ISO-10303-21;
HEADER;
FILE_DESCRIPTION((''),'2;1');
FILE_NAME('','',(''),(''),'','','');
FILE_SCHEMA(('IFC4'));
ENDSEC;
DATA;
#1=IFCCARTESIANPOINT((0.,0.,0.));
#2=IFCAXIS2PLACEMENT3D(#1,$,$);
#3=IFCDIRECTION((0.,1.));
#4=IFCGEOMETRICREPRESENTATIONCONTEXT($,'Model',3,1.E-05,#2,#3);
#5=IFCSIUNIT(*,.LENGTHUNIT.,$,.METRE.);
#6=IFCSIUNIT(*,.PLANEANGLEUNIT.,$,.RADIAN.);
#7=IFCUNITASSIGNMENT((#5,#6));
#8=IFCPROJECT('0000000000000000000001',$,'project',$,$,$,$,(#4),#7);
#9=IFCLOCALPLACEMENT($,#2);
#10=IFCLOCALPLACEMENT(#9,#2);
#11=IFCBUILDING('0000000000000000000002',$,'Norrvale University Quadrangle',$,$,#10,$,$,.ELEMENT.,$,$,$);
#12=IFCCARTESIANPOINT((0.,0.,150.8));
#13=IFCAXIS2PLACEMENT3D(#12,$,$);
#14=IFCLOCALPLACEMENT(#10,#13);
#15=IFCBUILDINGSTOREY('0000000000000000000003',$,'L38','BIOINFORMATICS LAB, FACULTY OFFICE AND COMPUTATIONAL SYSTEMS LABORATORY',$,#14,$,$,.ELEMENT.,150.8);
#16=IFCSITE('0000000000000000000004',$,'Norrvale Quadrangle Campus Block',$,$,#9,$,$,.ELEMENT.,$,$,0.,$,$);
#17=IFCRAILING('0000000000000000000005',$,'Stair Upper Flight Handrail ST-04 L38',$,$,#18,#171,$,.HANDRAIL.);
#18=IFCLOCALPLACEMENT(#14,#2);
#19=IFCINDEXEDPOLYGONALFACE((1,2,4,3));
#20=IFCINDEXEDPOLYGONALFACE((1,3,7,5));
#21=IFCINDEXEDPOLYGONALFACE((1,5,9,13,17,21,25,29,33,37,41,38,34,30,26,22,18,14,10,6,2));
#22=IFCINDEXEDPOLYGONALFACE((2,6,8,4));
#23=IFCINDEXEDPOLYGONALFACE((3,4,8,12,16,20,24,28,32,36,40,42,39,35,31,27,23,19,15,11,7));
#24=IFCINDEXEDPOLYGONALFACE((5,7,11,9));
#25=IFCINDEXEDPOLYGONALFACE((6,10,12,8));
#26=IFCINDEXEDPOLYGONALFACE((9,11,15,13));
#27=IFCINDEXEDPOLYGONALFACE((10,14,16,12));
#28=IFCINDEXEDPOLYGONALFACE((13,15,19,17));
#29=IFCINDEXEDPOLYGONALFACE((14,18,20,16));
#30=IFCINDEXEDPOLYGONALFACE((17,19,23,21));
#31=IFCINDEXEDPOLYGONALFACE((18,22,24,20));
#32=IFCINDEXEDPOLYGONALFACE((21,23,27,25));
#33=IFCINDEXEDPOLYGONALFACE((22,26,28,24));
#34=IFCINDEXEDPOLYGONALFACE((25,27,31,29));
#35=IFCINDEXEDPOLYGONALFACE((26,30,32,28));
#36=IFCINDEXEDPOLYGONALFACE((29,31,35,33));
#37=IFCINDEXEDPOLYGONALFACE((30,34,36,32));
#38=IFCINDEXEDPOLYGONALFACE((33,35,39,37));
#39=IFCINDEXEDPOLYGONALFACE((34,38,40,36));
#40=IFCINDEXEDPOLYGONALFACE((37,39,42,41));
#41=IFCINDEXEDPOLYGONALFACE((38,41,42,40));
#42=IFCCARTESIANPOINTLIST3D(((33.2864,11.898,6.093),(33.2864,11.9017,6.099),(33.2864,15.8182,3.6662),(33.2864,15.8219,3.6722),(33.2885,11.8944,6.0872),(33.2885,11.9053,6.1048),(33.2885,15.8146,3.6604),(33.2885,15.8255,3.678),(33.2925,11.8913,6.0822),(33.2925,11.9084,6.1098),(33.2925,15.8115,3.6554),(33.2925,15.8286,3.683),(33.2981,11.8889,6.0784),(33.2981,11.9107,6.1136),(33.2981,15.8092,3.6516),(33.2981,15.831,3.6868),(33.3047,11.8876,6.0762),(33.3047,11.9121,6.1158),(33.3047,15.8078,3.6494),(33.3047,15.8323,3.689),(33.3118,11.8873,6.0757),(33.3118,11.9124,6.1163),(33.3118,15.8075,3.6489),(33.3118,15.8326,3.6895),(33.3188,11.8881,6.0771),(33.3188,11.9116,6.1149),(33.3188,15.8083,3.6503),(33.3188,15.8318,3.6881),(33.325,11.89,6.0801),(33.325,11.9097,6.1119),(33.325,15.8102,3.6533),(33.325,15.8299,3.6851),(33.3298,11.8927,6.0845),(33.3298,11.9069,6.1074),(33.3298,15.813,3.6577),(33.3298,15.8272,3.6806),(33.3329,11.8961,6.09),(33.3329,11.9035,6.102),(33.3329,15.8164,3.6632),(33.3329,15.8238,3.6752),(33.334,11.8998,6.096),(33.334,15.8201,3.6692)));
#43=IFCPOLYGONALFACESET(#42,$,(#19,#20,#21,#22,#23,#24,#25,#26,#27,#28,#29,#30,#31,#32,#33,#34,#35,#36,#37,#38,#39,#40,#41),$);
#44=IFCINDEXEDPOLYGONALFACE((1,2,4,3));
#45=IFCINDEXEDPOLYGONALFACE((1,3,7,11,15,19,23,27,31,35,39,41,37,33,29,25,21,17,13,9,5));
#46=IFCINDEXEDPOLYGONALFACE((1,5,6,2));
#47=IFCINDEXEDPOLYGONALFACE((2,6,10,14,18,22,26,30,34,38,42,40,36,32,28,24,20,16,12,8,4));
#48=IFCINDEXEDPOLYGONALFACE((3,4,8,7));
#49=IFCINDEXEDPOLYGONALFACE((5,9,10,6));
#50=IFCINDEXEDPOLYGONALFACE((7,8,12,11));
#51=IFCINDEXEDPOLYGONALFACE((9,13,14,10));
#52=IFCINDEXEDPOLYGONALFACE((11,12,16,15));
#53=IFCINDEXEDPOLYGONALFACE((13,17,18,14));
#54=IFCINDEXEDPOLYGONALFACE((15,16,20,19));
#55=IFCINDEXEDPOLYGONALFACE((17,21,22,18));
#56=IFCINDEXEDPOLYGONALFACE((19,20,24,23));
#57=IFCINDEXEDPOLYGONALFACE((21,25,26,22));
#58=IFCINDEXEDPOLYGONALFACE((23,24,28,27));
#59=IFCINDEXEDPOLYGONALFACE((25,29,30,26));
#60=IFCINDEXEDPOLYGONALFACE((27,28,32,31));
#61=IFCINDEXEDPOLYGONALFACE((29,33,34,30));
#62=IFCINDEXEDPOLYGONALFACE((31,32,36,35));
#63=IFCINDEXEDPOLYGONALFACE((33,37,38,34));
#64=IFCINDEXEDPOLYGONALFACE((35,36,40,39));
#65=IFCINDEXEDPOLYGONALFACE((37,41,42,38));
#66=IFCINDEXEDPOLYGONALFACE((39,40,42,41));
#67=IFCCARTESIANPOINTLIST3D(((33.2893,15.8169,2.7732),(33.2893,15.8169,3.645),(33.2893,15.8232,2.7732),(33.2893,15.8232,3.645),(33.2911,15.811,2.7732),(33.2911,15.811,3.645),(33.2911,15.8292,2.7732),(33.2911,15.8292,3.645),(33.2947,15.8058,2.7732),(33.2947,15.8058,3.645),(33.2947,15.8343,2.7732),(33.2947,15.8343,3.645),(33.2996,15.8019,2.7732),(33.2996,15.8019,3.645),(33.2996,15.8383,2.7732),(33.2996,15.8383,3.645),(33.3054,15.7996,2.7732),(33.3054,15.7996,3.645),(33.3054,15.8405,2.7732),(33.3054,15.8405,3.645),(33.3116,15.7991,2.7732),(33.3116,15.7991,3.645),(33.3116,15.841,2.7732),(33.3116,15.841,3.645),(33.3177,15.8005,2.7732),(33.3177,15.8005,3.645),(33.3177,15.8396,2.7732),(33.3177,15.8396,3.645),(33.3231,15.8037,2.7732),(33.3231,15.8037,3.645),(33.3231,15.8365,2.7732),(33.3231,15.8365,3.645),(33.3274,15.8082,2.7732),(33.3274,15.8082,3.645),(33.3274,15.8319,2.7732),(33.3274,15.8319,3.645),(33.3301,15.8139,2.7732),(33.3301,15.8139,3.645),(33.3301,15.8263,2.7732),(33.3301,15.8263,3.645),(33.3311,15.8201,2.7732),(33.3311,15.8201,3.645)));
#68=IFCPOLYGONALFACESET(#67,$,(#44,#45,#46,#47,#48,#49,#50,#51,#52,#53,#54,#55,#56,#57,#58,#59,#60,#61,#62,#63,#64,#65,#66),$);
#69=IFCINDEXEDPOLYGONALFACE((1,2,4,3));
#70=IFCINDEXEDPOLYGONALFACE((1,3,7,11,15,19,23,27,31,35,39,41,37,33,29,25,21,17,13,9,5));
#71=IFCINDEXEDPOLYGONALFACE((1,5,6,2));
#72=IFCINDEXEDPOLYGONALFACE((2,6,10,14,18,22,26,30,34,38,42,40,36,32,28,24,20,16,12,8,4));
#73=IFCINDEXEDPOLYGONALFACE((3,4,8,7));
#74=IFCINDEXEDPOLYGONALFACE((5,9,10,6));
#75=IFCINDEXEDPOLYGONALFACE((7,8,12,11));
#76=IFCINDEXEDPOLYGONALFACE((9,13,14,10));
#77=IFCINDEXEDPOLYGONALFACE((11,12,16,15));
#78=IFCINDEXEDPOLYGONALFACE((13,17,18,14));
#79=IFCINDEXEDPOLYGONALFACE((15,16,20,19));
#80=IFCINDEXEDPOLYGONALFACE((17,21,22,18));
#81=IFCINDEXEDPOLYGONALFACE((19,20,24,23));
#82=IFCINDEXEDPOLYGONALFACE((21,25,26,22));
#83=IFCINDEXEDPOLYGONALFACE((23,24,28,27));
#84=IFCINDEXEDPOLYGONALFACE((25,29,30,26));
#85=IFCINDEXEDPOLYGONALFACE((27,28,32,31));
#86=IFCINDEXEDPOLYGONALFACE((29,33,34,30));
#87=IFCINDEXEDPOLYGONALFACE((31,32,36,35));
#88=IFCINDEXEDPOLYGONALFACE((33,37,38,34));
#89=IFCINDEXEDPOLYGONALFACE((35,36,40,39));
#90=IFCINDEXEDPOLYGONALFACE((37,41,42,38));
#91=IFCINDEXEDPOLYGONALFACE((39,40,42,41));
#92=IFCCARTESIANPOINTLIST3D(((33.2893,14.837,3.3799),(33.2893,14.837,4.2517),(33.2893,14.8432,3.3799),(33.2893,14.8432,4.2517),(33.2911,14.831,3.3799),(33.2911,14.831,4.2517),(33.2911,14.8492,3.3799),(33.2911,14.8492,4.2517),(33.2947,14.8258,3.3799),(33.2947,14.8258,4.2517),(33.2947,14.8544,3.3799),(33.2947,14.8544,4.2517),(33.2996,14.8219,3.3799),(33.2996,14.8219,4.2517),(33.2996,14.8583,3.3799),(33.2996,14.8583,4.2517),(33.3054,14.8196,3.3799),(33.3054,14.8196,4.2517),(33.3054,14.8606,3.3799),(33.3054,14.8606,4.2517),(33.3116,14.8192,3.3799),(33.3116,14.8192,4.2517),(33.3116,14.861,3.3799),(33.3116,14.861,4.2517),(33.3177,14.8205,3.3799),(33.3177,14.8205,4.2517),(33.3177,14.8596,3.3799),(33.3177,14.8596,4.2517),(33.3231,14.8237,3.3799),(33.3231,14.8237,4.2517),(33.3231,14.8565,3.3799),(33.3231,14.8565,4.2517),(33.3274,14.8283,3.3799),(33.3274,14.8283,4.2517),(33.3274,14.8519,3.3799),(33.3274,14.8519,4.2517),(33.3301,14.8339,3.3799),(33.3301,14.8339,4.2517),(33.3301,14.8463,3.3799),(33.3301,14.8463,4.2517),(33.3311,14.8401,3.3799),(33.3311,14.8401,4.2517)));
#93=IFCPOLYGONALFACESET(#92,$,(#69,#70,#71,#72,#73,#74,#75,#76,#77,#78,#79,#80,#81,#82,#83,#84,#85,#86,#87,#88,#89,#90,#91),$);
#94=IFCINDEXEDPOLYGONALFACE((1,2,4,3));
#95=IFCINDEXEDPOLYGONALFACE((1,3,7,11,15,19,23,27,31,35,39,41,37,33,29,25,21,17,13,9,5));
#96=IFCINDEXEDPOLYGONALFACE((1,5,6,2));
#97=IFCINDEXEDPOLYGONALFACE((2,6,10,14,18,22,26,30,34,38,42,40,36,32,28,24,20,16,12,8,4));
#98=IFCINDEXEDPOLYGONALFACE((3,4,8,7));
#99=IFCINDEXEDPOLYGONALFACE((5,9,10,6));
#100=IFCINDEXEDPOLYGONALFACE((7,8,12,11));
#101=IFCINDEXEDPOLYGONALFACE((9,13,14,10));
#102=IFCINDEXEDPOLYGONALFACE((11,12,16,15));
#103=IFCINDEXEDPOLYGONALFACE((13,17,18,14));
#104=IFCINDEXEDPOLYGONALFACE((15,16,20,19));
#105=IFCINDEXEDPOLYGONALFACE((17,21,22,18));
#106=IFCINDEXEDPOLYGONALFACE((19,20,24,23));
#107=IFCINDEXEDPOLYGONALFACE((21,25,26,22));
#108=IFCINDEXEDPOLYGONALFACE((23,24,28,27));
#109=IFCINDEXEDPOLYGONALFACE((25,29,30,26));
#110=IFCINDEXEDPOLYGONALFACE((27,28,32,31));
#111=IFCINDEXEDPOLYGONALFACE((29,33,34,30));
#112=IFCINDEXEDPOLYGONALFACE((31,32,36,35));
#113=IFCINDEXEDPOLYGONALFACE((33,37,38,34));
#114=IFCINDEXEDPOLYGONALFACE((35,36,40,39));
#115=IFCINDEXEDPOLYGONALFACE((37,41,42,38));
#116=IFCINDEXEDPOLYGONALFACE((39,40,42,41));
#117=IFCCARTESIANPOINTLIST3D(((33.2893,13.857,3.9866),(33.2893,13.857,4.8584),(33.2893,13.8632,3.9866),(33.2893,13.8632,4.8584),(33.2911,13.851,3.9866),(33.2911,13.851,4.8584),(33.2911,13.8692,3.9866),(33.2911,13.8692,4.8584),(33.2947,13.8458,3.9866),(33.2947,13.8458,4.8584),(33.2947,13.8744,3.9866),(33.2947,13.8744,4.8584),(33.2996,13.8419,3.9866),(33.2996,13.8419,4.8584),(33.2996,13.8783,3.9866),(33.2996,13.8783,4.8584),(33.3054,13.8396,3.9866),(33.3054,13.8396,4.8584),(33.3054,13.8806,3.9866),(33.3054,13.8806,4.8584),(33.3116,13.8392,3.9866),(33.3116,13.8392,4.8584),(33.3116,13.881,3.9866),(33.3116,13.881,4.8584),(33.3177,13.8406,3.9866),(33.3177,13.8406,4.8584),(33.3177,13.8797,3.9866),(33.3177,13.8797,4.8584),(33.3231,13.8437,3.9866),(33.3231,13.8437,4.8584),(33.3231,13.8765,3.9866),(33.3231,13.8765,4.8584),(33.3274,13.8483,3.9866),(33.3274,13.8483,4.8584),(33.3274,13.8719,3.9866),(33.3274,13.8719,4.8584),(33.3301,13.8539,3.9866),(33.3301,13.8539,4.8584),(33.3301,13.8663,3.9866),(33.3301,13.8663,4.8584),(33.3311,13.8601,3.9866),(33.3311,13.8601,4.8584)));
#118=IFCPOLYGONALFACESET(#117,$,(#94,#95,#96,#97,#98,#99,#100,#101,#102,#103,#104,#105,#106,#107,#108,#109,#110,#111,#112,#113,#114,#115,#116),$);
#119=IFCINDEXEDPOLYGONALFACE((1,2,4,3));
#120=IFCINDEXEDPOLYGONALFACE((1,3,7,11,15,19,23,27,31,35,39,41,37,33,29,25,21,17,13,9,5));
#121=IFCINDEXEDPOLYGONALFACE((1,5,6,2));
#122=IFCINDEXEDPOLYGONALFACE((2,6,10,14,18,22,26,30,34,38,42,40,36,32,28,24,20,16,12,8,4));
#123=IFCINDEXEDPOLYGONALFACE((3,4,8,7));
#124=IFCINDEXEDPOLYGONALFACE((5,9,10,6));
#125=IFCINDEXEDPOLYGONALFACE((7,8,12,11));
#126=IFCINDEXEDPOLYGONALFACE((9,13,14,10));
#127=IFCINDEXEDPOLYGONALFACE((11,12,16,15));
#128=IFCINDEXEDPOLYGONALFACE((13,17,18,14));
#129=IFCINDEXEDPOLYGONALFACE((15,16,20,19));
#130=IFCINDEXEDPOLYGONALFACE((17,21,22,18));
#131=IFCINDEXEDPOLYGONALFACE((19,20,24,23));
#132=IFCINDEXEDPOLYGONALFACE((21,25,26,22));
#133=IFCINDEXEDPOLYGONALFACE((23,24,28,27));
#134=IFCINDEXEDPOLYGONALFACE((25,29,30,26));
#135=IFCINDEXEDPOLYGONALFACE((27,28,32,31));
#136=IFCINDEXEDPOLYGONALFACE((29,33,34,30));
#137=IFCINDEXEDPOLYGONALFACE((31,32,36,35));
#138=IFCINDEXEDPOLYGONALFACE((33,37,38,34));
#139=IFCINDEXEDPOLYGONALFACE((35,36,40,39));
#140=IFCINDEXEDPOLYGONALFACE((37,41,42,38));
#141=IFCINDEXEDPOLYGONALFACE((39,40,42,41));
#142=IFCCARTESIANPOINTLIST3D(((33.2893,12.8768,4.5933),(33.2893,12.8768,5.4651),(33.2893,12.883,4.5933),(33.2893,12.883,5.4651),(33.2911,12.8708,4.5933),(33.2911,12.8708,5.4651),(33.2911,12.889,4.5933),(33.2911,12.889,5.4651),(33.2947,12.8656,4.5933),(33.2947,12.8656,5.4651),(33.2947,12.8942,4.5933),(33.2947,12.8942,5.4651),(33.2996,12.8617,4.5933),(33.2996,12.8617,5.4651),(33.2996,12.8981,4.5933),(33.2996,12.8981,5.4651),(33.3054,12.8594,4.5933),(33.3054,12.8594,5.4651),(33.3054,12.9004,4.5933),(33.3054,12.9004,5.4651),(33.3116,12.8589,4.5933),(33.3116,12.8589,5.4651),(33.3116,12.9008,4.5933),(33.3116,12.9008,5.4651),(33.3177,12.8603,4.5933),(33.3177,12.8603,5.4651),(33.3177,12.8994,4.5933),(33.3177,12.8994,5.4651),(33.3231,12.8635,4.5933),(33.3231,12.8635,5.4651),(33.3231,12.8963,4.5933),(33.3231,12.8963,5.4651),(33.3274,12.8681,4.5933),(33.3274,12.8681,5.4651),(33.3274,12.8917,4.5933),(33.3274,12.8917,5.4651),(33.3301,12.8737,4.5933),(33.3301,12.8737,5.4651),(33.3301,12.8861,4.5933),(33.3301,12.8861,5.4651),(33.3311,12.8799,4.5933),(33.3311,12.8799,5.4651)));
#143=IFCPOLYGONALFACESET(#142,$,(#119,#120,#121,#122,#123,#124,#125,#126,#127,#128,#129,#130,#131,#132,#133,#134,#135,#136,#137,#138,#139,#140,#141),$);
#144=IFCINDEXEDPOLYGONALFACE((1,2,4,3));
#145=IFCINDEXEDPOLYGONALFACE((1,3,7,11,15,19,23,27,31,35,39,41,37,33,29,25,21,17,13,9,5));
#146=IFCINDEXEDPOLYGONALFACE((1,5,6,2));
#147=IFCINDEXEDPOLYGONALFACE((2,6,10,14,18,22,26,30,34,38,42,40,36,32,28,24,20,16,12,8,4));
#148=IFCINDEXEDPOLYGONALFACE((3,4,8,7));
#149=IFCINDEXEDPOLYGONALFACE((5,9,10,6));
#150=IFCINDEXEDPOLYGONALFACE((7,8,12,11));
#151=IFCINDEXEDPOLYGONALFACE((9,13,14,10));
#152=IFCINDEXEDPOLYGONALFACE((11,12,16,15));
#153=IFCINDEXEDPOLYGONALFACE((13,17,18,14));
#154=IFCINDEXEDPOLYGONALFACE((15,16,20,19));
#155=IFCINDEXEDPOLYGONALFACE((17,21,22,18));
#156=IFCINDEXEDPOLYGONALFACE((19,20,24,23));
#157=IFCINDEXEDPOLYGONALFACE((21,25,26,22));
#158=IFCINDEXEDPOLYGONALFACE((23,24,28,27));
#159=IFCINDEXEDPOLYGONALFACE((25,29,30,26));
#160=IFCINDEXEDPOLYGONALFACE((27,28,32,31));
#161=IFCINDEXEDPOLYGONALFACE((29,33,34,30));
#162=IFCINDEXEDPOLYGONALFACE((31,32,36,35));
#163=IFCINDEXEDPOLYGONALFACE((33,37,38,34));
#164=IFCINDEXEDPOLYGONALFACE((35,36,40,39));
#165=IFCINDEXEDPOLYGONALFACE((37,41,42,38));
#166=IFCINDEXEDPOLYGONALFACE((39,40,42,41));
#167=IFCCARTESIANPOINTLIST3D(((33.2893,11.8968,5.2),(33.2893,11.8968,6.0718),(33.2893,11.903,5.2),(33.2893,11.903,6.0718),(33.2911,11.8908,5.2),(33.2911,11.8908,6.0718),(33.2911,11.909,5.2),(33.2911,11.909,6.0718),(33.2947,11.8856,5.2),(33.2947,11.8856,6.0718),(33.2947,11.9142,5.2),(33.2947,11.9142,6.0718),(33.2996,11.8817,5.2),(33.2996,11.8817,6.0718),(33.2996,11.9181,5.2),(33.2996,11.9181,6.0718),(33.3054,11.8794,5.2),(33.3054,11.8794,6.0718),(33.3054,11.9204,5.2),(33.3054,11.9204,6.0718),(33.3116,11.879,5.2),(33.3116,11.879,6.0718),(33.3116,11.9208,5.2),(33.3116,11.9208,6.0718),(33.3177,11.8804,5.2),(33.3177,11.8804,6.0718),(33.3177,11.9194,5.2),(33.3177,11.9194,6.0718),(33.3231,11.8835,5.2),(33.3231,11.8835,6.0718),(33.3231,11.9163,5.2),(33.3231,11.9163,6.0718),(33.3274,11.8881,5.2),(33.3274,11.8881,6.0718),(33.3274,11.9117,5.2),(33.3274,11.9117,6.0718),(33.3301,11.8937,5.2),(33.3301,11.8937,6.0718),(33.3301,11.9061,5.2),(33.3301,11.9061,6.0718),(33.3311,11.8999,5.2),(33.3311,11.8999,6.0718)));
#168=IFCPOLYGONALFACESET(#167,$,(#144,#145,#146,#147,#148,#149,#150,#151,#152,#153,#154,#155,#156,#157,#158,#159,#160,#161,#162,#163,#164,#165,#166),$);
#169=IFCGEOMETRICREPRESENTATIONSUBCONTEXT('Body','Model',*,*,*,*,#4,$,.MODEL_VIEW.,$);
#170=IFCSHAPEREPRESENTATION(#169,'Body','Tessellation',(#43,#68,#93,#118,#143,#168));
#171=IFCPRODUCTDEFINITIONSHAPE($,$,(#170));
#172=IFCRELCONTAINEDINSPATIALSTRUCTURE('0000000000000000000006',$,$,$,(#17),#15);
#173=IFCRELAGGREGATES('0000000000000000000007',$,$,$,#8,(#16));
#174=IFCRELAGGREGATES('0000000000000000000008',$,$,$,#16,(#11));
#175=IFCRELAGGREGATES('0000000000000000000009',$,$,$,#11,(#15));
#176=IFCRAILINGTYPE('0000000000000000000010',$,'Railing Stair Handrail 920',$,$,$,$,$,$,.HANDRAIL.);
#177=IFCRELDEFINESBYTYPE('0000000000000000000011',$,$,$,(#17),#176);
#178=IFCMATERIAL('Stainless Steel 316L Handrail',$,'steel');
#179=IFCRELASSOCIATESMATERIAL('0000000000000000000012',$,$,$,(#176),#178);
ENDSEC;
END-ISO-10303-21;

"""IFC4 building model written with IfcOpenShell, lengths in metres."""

from ifc_helpers import new_model, si_unit, direction, frame, origin, origin_2d, place, context, subcontext, project, spatial, circle, extrude, material, type_object, element, save


model = new_model("IFC4")

# Units and contexts
model_context = context("Model", 3, precision=1e-05, world=origin(), true_north=direction((0.0, 1.0)))
body_context = subcontext(model_context, "Body", "Model", "MODEL_VIEW")
ifc_project = project(units=[si_unit("LENGTHUNIT", "METRE"), si_unit("PLANEANGLEUNIT", "RADIAN")], contexts=[model_context])

# Site, building, storey
site_placement = place(None, origin())
site = spatial("IfcSite", under=ifc_project, at=site_placement, Name="Norrvale Quadrangle Campus Block", CompositionType="ELEMENT", RefElevation=0.0)
building_placement = place(site_placement, origin())
building = spatial("IfcBuilding", under=site, at=building_placement, Name="Norrvale University Quadrangle", CompositionType="ELEMENT")
storey_placement = place(building_placement, frame((0.0, 0.0, 150.8)))
storey = spatial("IfcBuildingStorey", under=building, at=storey_placement, Name="L38", Description="BIOINFORMATICS LAB, FACULTY OFFICE AND COMPUTATIONAL SYSTEMS LABORATORY", CompositionType="ELEMENT", Elevation=150.8)

# Railing
ifc_material_1 = material(Name="Stainless Steel 316L Handrail", Category="steel")
railing_type_1 = type_object("IfcRailingType", Name="Railing Stair Handrail 920", PredefinedType="HANDRAIL", material=ifc_material_1)
railing_1_placement = place(storey_placement, frame((33.3101, 15.8201, 2.7732)))
element("IfcRailing", 1, at=railing_1_placement, inside=storey, type_object=railing_type_1, Name="Stair Upper Flight Handrail ST-04 L38", PredefinedType="HANDRAIL", context=body_context, shape_type="SweptSolid", body=[
    extrude(circle(Radius=0.0239, at=origin_2d()), frame((0.0, 0.0, 0.896), z_axis=(0.0, -0.850266, 0.526353), x_axis=(1.0, 0.0, 0.0)), (0.0, 0.0, 1.0), 4.6106),
    extrude(circle(Radius=0.021, at=origin_2d()), origin(), (0.0, 0.0, 1.0), 0.8718),
    extrude(circle(Radius=0.021, at=origin_2d()), frame((0.0, -0.98, 0.6067)), (0.0, 0.0, 1.0), 0.8718),
    extrude(circle(Radius=0.021, at=origin_2d()), frame((0.0, -1.96, 1.2134)), (0.0, 0.0, 1.0), 0.8718),
    extrude(circle(Radius=0.021, at=origin_2d()), frame((0.0, -2.9402, 1.8201)), (0.0, 0.0, 1.0), 0.8718),
    extrude(circle(Radius=0.021, at=origin_2d()), frame((0.0, -3.9202, 2.4268)), (0.0, 0.0, 1.0), 0.8718),
])

save(model, "model.ifc")
